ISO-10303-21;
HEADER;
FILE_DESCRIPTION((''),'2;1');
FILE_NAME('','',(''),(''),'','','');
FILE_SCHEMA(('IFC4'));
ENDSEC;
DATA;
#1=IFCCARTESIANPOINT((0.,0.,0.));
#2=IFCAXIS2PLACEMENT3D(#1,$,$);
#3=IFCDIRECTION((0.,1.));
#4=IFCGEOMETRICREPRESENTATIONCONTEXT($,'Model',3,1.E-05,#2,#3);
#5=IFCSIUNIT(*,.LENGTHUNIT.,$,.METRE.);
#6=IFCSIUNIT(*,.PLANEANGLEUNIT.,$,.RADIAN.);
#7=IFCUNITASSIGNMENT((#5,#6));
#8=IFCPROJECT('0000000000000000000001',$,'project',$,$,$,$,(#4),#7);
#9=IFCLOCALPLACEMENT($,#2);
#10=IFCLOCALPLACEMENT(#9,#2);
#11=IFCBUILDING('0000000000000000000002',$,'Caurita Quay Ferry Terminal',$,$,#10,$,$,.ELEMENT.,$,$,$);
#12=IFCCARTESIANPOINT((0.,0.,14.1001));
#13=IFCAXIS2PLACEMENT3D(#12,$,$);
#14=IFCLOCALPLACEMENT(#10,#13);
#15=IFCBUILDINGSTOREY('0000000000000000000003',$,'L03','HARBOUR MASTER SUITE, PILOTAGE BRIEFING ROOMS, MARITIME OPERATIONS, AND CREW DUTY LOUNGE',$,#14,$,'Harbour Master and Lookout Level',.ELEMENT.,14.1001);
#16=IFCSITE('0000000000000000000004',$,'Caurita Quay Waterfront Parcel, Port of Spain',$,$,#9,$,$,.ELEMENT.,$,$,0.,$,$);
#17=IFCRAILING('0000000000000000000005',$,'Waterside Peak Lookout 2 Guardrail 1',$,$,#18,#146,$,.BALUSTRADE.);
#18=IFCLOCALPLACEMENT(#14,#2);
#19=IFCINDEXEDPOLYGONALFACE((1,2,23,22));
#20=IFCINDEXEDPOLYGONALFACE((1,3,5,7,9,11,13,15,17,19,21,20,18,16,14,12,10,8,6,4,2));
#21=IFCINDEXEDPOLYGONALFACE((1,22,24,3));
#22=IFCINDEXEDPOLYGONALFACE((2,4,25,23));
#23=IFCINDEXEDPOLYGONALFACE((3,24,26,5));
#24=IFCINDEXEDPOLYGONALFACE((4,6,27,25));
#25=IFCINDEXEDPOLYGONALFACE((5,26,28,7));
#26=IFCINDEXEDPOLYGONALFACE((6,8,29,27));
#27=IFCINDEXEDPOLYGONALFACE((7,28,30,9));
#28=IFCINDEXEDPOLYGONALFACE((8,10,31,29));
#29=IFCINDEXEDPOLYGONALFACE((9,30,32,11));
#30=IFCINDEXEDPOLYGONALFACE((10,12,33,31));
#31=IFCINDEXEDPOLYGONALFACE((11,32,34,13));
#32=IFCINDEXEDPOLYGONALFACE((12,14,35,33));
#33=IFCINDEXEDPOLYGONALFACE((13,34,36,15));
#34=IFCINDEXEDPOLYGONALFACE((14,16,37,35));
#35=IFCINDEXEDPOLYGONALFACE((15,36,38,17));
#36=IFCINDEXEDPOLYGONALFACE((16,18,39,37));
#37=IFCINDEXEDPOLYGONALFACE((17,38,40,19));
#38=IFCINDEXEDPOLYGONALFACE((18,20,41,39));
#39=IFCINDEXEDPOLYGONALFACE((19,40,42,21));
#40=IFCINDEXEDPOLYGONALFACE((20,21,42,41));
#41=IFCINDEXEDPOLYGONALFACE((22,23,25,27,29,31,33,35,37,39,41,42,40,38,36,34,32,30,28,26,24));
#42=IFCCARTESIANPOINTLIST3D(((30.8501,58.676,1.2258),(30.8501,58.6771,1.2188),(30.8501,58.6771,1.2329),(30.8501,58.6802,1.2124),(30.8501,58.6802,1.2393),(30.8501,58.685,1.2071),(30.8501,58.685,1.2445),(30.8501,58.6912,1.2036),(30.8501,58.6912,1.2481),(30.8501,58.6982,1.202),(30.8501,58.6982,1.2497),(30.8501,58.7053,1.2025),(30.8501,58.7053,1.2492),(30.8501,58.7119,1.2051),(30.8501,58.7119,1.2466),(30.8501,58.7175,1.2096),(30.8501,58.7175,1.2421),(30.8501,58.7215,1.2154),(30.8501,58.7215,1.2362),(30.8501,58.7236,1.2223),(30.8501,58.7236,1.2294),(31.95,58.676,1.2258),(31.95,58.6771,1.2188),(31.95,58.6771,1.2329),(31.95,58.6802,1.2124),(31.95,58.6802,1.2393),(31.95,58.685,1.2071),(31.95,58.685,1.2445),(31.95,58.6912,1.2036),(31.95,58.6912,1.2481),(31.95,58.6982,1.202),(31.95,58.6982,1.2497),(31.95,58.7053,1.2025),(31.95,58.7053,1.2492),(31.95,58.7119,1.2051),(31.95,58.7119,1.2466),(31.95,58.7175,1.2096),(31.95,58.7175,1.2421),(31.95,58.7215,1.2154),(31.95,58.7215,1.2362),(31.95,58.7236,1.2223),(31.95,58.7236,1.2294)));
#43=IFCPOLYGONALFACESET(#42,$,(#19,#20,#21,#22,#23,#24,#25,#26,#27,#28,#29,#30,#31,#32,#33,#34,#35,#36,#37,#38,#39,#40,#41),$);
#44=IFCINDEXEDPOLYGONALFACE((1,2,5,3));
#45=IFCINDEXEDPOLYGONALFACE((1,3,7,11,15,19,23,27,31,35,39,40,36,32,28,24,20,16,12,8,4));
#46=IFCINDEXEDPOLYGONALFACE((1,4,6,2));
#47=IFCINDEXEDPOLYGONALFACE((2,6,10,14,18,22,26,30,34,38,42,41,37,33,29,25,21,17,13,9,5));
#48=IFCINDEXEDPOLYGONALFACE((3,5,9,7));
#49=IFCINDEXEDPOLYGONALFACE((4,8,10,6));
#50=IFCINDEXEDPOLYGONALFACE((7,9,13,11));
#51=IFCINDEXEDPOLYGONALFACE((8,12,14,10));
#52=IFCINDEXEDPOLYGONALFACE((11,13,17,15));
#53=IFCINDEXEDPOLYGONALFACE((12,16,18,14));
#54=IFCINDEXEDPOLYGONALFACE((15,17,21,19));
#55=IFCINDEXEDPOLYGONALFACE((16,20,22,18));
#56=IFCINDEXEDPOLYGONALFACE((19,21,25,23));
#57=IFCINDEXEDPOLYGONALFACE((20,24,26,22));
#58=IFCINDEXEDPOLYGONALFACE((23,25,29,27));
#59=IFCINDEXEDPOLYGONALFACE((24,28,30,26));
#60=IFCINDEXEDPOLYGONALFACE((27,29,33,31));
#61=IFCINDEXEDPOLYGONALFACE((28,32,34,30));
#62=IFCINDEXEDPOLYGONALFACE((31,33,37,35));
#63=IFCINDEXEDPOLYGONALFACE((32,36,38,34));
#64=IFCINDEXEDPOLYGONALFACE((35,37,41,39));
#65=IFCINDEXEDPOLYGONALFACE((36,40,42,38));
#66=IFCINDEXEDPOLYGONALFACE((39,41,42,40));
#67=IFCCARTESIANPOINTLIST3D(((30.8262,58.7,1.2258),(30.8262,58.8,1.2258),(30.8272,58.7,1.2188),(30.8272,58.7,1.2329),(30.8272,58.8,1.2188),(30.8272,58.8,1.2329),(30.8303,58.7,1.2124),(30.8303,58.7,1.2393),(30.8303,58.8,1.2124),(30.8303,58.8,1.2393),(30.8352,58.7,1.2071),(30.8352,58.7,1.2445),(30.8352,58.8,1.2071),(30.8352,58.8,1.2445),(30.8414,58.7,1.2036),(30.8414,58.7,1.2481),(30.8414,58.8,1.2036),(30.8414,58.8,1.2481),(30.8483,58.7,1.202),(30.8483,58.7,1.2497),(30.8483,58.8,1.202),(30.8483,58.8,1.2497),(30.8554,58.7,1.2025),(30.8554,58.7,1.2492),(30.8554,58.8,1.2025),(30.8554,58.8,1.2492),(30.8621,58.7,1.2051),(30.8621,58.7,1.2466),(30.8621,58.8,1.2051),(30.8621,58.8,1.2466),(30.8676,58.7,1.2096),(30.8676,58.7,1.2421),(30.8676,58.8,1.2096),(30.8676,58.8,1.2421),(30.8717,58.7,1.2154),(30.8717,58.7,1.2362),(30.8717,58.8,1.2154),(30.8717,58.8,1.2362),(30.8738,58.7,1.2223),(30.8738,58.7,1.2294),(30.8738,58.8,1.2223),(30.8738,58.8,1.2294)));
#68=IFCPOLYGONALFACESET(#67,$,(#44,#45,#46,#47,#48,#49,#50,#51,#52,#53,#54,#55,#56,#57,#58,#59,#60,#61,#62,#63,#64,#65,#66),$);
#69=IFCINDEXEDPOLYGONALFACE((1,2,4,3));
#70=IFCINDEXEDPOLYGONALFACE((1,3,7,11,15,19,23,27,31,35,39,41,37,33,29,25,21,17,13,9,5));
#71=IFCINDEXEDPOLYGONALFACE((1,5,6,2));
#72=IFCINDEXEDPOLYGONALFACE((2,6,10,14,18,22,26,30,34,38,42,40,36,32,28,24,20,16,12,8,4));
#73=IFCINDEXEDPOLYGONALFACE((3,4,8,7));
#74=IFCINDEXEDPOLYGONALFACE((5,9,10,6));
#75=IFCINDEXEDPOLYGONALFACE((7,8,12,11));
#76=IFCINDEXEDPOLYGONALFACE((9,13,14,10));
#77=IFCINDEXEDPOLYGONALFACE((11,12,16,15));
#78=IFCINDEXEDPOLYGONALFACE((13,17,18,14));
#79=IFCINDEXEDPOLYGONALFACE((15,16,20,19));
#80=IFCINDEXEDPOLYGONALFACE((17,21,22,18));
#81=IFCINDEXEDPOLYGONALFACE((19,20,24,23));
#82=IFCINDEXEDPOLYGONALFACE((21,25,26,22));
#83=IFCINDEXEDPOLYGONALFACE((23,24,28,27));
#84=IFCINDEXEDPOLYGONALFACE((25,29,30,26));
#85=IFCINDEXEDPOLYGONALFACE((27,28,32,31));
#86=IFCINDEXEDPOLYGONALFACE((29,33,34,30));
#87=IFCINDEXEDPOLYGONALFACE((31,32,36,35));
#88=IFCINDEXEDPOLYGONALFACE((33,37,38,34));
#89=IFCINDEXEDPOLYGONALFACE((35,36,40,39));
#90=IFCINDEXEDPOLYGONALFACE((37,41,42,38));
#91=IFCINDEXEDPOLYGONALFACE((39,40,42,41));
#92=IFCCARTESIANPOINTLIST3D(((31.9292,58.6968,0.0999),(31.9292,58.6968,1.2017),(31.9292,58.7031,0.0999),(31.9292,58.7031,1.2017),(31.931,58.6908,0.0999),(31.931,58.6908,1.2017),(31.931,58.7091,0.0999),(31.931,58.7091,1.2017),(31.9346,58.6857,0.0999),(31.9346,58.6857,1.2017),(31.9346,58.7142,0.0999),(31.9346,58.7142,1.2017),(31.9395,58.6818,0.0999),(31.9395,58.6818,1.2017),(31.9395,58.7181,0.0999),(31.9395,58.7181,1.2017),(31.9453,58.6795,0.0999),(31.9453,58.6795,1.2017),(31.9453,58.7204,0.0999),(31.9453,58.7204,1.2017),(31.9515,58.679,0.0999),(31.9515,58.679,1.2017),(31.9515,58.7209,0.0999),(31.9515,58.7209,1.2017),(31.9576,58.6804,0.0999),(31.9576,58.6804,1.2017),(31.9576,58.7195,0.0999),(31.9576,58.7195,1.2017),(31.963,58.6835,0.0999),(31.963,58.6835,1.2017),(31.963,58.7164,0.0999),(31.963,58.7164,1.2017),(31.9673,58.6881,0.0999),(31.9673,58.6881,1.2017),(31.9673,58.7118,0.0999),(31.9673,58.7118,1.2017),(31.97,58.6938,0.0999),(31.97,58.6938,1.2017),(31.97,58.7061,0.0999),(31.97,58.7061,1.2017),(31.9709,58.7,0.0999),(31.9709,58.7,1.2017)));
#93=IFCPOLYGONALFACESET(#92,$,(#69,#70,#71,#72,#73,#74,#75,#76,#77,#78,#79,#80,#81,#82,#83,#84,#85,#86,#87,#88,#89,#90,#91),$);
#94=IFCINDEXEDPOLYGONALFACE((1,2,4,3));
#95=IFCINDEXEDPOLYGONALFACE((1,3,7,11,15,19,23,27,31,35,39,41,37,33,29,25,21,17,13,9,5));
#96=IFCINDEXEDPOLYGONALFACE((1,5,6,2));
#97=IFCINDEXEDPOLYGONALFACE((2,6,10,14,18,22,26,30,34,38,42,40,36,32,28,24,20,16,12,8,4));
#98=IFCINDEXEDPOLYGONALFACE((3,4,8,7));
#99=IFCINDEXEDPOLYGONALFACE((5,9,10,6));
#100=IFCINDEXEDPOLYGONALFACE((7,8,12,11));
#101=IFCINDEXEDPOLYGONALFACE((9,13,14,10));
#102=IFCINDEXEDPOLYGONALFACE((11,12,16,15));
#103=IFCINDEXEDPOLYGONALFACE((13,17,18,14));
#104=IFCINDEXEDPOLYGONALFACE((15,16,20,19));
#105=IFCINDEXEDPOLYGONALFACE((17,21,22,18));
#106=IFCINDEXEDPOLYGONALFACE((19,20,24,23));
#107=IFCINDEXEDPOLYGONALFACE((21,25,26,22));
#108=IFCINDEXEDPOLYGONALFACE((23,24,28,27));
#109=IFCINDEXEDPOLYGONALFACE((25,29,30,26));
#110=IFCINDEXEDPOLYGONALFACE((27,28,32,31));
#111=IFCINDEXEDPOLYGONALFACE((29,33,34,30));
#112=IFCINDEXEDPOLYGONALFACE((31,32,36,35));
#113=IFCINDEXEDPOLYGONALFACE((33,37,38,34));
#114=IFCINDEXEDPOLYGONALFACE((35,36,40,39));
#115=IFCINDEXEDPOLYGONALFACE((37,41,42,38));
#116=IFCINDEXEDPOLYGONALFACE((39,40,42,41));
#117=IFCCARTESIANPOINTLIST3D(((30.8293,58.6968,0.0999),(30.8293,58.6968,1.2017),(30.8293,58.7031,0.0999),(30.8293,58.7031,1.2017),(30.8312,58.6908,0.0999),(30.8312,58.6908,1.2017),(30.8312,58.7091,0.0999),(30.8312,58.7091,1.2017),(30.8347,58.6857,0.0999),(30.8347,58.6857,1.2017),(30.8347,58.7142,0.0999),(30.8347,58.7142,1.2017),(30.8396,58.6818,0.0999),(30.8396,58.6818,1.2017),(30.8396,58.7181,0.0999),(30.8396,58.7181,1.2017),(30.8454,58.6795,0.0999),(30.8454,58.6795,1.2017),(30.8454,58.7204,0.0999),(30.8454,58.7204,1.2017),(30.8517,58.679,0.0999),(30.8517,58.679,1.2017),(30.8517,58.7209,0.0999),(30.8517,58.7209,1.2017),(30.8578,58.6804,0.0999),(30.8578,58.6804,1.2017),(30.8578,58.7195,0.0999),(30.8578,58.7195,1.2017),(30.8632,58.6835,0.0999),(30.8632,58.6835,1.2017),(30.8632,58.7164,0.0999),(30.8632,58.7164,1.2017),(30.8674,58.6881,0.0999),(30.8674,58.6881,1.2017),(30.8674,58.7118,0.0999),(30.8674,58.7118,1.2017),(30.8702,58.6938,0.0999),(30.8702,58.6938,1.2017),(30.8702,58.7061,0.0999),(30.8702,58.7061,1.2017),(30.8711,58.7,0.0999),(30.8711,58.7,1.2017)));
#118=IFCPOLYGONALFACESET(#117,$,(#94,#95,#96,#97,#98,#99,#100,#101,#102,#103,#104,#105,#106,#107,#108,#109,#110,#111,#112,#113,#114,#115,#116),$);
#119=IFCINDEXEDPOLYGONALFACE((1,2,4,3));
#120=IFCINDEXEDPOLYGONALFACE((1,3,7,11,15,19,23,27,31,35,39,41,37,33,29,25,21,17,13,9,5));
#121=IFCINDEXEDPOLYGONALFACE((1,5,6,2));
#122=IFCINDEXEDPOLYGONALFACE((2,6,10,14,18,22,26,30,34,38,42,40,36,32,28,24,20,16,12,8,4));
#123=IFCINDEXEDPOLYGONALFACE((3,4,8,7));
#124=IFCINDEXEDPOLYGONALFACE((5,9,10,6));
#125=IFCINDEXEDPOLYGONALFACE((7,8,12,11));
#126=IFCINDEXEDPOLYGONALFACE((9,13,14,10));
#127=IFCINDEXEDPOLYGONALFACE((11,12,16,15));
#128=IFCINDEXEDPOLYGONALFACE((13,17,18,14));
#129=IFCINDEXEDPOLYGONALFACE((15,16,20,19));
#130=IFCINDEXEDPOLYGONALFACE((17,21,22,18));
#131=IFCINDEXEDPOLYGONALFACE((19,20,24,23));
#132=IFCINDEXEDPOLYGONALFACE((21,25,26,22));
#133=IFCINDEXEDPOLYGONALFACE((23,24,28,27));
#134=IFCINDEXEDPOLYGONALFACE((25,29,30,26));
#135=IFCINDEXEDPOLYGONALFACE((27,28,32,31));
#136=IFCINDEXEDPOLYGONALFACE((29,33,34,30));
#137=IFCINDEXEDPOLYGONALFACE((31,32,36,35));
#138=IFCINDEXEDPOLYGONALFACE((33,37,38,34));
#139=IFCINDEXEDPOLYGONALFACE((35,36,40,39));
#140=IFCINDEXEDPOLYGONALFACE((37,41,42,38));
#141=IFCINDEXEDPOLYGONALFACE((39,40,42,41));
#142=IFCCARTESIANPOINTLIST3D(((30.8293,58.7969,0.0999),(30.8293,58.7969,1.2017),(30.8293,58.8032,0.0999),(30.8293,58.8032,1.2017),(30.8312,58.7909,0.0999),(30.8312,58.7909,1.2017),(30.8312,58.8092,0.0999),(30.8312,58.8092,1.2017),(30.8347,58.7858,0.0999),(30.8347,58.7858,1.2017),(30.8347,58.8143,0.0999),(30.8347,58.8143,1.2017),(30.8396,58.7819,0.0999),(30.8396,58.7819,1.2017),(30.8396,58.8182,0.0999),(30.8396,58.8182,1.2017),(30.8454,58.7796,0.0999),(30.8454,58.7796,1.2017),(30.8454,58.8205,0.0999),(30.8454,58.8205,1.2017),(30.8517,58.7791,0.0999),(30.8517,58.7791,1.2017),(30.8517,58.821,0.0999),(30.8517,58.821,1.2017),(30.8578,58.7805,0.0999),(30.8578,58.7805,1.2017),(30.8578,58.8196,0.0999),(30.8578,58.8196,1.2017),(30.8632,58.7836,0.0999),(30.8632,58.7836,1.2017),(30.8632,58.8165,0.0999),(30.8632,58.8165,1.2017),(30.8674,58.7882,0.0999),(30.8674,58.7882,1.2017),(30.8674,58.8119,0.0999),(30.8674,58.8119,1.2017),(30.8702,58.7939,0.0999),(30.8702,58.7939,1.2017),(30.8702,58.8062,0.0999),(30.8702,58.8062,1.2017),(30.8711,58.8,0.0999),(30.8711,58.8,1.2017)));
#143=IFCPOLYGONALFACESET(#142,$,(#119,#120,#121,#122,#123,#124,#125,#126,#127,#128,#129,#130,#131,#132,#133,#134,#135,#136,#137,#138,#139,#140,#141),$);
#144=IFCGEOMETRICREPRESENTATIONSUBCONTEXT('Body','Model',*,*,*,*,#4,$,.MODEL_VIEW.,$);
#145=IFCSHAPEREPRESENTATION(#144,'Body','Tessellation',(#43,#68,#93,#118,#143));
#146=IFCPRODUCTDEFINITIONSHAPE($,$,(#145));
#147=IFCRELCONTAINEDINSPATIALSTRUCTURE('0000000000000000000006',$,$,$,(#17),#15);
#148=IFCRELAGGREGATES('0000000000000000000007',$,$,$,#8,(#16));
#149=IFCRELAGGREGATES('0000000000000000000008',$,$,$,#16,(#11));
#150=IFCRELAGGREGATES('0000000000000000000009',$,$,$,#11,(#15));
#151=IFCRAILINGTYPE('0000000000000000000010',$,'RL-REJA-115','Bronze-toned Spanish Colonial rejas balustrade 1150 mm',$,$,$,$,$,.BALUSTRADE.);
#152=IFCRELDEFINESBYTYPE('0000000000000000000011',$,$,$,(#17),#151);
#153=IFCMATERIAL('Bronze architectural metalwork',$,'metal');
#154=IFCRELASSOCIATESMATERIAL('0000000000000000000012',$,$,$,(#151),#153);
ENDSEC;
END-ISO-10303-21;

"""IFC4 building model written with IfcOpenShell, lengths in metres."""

from ifc_helpers import new_model, si_unit, direction, frame, origin, origin_2d, place, context, subcontext, project, spatial, circle, extrude, material, type_object, element, save


model = new_model("IFC4")

# Units and contexts
model_context = context("Model", 3, precision=1e-05, world=origin(), true_north=direction((0.0, 1.0)))
body_context = subcontext(model_context, "Body", "Model", "MODEL_VIEW")
ifc_project = project(units=[si_unit("LENGTHUNIT", "METRE"), si_unit("PLANEANGLEUNIT", "RADIAN")], contexts=[model_context])

# Site, building, storey
site_placement = place(None, origin())
site = spatial("IfcSite", under=ifc_project, at=site_placement, Name="Caurita Quay Waterfront Parcel, Port of Spain", CompositionType="ELEMENT", RefElevation=0.0)
building_placement = place(site_placement, origin())
building = spatial("IfcBuilding", under=site, at=building_placement, Name="Caurita Quay Ferry Terminal", CompositionType="ELEMENT")
storey_placement = place(building_placement, frame((0.0, 0.0, 14.1001)))
storey = spatial("IfcBuildingStorey", under=building, at=storey_placement, Name="L03", Description="HARBOUR MASTER SUITE, PILOTAGE BRIEFING ROOMS, MARITIME OPERATIONS, AND CREW DUTY LOUNGE", LongName="Harbour Master and Lookout Level", CompositionType="ELEMENT", Elevation=14.1001)

# Railing
ifc_material_1 = material(Name="Bronze architectural metalwork", Category="metal")
railing_type_1 = type_object("IfcRailingType", Name="RL-REJA-115", Description="Bronze-toned Spanish Colonial rejas balustrade 1150 mm", PredefinedType="BALUSTRADE", material=ifc_material_1)
railing_1_placement = place(storey_placement, frame((31.95, 58.7, 0.0999)))
element("IfcRailing", 1, at=railing_1_placement, inside=storey, type_object=railing_type_1, Name="Waterside Peak Lookout 2 Guardrail 1", PredefinedType="BALUSTRADE", context=body_context, shape_type="SweptSolid", body=[
    extrude(circle(Radius=0.0239, at=origin_2d()), frame((0.0, 0.0, 1.126), z_axis=(-1.0, 0.0, 0.0), x_axis=(0.0, -1.0, 0.0)), (0.0, 0.0, 1.0), 1.0999),
    extrude(circle(Radius=0.0239, at=origin_2d()), frame((-1.0999, 0.0, 1.126), z_axis=(0.0, 1.0, 0.0), x_axis=(-1.0, 0.0, 0.0)), (0.0, 0.0, 1.0), 0.1001),
    extrude(circle(Radius=0.021, at=origin_2d()), origin(), (0.0, 0.0, 1.0), 1.1018),
    extrude(circle(Radius=0.021, at=origin_2d()), frame((-1.0999, 0.0, 0.0)), (0.0, 0.0, 1.0), 1.1018),
    extrude(circle(Radius=0.021, at=origin_2d()), frame((-1.0999, 0.1001, 0.0)), (0.0, 0.0, 1.0), 1.1018),
])

save(model, "model.ifc")
